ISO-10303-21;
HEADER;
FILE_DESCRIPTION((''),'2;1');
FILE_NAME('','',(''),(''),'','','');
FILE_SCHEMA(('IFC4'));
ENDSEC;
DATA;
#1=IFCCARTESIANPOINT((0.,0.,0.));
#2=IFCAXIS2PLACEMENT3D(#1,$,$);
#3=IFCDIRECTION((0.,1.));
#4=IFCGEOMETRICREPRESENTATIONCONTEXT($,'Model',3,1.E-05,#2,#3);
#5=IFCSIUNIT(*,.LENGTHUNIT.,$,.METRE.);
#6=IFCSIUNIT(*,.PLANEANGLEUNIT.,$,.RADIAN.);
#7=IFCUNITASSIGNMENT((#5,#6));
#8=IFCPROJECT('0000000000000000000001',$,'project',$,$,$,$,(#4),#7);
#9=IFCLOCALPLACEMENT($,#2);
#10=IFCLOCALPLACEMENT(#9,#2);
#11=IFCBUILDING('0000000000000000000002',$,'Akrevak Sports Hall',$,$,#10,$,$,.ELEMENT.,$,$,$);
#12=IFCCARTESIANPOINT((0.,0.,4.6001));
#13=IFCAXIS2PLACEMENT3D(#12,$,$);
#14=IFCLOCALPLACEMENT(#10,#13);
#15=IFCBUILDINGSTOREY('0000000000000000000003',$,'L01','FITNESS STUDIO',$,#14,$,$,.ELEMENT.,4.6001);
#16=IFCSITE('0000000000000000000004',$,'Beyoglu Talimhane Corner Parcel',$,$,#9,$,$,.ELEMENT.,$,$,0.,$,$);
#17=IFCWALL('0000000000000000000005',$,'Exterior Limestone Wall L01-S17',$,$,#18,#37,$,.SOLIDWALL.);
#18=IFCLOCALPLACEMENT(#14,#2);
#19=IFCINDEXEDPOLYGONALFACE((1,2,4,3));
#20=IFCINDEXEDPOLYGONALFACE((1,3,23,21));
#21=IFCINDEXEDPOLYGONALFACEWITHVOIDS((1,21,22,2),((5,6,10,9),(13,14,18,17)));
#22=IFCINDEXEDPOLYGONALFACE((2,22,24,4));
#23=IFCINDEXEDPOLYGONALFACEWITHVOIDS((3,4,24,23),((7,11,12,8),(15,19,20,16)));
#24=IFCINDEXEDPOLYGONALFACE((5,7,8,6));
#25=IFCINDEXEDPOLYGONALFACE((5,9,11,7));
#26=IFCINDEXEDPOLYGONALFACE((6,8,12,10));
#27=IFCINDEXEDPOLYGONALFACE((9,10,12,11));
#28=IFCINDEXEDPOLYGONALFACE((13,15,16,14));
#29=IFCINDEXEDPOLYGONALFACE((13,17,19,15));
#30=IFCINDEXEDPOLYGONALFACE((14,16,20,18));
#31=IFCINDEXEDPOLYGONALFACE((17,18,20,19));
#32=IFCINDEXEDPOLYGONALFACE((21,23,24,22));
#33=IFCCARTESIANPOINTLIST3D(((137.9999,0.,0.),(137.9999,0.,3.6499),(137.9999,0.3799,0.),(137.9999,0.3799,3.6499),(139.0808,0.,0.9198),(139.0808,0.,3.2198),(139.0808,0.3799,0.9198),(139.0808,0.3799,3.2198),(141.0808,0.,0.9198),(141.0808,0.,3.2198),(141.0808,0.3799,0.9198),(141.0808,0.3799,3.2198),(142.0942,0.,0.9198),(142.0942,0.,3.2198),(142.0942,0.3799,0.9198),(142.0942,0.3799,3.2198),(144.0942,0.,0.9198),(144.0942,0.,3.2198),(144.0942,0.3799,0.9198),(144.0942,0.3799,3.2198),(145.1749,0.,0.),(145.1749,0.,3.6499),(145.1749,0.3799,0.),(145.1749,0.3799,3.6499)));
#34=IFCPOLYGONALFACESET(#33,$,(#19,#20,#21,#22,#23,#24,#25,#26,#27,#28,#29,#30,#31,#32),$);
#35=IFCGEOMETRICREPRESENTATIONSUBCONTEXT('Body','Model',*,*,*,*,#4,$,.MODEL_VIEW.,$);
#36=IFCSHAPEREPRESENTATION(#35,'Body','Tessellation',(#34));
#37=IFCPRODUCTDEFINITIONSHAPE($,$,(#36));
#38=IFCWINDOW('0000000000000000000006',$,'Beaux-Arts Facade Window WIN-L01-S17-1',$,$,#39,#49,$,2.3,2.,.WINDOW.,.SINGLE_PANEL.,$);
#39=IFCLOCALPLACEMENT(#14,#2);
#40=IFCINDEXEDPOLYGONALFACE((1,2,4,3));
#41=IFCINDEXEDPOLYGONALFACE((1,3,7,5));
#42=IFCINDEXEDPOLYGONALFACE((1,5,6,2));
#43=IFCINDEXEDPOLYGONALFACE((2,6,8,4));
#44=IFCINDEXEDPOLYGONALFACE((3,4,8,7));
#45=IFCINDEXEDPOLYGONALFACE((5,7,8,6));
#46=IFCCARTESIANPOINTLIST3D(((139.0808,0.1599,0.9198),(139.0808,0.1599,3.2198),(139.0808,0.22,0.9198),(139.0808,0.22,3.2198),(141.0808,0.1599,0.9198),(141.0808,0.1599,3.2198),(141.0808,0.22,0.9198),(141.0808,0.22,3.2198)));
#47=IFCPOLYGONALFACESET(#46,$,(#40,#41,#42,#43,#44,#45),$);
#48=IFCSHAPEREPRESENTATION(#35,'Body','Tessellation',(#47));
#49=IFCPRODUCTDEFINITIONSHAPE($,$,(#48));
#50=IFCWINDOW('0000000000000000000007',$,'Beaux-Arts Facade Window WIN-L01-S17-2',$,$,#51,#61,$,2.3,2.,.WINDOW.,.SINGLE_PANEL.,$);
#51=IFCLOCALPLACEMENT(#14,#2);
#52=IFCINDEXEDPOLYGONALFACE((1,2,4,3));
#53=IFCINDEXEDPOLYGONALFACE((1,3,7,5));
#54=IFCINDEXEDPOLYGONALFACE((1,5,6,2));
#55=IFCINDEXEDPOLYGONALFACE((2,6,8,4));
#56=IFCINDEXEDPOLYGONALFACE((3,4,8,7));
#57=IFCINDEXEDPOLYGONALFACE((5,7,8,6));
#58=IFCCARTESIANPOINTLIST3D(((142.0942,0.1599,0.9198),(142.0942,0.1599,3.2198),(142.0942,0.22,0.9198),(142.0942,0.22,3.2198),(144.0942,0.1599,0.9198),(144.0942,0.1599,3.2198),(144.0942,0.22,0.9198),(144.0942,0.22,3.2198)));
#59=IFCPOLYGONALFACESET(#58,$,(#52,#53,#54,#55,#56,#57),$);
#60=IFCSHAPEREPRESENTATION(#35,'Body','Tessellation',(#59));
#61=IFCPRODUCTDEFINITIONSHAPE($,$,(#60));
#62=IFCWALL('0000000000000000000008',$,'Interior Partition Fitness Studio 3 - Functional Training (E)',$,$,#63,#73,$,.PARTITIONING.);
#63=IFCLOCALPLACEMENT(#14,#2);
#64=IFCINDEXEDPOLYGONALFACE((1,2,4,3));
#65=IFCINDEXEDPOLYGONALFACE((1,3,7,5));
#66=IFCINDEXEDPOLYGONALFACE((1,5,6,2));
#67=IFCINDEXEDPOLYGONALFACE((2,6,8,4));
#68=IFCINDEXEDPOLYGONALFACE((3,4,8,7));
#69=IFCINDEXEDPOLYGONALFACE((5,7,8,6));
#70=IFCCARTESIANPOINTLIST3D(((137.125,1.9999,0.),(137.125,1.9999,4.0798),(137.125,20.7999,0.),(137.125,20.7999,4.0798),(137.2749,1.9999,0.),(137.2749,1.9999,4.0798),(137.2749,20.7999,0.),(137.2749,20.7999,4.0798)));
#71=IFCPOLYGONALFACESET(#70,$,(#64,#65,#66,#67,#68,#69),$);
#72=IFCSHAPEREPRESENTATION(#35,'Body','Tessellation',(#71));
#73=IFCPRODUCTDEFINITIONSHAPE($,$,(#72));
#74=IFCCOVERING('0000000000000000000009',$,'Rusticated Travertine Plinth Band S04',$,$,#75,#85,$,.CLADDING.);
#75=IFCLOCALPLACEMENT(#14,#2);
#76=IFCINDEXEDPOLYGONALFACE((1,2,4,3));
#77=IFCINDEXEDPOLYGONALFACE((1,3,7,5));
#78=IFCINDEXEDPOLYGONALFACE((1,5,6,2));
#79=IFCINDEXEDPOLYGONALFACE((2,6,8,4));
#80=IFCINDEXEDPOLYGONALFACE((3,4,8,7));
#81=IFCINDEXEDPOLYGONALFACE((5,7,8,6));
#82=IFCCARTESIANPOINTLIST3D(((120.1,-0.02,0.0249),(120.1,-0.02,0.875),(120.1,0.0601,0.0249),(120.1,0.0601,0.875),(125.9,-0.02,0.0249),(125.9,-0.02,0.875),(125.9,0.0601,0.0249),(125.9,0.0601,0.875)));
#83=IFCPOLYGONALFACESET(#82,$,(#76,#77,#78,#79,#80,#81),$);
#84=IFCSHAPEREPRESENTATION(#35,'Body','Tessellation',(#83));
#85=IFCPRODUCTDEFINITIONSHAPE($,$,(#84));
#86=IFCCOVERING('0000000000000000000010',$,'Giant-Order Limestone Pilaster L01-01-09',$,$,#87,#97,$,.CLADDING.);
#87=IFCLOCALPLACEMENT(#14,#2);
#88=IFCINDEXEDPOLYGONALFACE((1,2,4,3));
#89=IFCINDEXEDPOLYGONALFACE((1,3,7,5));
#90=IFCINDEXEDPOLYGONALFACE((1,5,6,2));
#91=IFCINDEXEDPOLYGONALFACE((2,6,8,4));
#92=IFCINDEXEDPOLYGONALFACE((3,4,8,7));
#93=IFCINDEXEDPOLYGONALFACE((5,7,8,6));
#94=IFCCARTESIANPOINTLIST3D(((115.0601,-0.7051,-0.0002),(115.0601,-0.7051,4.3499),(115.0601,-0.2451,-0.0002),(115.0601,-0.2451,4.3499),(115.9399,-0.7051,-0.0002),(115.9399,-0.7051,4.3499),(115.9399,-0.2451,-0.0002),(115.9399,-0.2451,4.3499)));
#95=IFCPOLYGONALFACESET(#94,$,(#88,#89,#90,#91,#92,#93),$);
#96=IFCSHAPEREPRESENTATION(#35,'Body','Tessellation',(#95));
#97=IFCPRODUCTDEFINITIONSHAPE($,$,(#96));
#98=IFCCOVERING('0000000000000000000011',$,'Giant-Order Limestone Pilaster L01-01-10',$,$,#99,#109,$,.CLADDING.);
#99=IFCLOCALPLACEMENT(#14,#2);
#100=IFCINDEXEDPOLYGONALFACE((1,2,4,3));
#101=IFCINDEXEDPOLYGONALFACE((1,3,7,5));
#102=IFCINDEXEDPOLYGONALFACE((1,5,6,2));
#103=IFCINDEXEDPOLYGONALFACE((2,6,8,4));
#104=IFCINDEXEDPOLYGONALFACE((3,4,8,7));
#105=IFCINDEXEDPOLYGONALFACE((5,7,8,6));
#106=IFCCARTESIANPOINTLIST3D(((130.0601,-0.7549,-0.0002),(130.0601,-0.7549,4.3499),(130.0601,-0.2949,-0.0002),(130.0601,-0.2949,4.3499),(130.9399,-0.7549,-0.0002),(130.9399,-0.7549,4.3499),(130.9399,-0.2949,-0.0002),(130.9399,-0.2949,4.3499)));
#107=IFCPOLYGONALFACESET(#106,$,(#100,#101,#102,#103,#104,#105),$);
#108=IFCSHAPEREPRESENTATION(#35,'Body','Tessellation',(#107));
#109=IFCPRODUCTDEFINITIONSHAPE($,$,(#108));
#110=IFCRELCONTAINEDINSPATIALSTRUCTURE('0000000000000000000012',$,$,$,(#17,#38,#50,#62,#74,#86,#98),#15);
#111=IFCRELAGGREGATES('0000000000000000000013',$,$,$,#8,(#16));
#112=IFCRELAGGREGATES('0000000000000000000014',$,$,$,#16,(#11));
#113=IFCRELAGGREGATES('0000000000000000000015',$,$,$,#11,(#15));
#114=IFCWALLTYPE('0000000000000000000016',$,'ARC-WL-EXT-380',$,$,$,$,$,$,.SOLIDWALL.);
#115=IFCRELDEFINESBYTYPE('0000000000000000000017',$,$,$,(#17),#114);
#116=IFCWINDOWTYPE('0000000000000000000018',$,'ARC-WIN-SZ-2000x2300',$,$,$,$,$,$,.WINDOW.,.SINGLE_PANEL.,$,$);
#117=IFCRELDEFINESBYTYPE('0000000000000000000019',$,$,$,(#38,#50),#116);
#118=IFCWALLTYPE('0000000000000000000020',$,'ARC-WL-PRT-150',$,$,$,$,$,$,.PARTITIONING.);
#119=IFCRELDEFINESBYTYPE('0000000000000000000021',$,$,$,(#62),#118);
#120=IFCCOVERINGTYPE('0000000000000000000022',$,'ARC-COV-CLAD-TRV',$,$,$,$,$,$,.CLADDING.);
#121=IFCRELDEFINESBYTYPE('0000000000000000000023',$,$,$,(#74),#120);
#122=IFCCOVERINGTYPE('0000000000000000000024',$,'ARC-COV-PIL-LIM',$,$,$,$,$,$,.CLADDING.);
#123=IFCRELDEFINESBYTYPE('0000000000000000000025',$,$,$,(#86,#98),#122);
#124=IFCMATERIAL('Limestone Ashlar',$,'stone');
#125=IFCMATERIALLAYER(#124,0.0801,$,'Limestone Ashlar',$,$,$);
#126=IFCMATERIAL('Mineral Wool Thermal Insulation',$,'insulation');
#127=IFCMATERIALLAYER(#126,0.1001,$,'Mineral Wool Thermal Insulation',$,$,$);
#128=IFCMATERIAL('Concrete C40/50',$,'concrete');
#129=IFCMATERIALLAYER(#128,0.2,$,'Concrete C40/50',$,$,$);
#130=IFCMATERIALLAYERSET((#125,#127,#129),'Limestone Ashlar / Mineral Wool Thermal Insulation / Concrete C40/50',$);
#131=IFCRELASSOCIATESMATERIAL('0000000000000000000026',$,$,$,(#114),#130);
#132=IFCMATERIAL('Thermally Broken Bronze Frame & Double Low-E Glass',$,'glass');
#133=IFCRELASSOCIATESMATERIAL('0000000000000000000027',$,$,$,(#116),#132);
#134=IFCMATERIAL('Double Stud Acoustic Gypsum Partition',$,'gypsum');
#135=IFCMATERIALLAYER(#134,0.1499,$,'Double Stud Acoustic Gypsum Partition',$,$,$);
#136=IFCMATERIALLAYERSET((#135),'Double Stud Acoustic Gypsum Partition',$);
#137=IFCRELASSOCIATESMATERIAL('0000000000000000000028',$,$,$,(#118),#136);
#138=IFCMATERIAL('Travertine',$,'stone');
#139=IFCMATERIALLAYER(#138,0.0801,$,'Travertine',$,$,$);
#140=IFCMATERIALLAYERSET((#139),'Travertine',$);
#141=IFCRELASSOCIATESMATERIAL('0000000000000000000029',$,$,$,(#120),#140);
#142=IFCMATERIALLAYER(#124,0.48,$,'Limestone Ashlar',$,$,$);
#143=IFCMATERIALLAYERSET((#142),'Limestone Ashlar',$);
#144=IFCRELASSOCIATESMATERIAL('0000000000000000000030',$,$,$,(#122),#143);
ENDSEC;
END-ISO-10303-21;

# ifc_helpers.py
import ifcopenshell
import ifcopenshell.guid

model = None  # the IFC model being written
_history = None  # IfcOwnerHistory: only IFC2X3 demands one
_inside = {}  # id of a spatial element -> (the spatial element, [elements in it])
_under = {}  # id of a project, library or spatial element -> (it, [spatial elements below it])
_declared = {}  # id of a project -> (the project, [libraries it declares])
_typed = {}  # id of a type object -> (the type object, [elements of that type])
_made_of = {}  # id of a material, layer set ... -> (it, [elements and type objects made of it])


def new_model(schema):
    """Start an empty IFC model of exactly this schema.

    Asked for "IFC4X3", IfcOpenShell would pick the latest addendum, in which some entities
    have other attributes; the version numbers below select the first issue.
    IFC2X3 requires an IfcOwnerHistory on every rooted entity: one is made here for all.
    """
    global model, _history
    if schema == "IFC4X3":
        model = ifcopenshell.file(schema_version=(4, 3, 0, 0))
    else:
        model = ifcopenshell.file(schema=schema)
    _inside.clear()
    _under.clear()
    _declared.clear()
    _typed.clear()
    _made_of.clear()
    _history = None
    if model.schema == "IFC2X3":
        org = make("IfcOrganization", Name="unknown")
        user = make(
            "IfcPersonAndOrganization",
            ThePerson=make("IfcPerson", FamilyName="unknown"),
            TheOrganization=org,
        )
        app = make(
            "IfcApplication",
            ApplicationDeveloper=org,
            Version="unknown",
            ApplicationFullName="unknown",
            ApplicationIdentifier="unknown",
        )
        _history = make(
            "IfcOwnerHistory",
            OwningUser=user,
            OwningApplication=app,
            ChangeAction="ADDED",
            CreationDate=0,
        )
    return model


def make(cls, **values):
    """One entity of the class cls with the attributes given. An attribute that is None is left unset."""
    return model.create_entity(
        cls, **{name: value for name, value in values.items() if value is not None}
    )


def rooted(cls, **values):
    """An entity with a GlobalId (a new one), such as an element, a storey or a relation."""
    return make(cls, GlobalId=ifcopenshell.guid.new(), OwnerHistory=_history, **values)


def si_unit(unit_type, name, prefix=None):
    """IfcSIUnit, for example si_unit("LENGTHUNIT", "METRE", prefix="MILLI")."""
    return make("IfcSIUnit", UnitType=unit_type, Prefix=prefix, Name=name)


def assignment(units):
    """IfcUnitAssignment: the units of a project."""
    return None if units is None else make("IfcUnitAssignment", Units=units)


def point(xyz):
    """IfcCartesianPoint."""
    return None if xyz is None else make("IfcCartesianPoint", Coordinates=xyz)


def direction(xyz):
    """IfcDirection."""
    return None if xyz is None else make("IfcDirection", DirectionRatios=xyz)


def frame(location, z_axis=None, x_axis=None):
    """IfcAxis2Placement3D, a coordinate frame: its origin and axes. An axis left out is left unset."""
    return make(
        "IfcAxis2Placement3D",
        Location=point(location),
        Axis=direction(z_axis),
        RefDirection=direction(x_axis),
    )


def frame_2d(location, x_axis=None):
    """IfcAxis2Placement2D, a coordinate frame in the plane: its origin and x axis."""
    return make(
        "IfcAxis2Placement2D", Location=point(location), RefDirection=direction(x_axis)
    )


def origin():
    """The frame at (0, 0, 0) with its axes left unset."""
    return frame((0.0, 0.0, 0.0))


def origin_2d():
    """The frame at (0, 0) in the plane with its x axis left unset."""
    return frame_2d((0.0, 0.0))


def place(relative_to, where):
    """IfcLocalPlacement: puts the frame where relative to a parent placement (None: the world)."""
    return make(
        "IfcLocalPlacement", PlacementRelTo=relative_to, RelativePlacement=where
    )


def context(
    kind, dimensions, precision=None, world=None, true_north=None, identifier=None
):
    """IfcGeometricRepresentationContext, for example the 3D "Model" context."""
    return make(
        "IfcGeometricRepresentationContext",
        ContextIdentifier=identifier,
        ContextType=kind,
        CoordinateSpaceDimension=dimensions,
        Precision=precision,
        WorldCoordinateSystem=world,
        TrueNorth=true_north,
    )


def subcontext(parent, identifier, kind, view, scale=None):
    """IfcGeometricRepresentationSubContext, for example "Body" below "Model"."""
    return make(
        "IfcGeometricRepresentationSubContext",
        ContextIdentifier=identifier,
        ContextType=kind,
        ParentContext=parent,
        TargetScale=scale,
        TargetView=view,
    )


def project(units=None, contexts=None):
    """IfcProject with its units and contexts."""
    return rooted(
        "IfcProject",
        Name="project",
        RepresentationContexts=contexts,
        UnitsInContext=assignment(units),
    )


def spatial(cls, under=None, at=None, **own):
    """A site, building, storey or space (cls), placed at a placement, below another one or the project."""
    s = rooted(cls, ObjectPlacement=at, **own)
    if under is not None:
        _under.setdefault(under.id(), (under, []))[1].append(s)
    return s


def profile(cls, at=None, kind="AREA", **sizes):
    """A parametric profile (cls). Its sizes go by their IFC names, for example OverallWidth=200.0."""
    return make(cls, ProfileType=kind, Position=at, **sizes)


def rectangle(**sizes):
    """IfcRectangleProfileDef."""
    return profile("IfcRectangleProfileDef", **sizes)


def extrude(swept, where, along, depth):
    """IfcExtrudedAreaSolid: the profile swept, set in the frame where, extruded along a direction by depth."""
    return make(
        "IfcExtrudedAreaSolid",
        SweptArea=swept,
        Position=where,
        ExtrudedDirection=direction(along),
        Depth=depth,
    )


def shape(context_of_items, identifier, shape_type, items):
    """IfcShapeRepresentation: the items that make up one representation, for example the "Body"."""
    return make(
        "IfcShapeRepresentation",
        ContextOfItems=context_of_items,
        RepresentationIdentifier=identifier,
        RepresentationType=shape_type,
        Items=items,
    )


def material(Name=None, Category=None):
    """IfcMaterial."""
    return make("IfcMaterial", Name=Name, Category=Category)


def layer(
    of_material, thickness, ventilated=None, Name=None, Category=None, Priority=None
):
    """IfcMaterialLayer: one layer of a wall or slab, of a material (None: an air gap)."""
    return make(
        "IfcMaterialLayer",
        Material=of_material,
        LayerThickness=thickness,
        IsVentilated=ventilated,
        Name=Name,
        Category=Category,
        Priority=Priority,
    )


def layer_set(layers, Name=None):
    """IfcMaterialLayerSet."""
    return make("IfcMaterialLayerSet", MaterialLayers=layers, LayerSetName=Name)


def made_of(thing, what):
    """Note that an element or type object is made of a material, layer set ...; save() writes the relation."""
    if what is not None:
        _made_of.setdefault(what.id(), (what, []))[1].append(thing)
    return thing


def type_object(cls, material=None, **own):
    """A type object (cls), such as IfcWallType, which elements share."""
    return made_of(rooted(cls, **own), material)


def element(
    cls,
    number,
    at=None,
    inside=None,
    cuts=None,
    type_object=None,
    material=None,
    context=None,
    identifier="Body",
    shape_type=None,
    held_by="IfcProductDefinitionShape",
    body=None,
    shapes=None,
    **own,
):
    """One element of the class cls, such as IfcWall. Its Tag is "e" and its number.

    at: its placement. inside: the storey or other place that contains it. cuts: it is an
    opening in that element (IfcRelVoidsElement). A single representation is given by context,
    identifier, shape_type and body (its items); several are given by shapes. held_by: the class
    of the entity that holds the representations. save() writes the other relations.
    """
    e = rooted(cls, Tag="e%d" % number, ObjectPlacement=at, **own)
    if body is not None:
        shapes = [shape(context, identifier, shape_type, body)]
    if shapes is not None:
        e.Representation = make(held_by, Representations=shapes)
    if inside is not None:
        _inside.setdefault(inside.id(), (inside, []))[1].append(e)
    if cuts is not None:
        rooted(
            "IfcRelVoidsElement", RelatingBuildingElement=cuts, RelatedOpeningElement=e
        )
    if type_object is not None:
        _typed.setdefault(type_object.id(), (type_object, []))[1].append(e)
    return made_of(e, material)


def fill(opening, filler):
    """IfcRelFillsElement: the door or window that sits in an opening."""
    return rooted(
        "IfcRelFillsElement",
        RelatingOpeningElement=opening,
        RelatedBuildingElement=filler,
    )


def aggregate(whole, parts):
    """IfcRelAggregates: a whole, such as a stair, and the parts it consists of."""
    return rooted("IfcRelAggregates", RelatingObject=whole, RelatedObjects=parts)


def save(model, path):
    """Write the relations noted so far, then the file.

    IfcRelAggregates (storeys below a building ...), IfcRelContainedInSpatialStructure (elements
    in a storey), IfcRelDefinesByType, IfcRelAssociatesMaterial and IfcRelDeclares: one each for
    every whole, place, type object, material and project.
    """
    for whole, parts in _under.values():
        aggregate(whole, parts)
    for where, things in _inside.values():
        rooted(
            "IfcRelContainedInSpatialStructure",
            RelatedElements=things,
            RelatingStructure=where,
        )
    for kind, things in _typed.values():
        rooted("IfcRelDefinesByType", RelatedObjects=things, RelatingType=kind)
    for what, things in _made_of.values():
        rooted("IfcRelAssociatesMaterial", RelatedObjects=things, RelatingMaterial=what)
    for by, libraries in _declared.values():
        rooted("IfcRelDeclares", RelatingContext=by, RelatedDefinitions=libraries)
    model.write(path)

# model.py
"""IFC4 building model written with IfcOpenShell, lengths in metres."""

from ifc_helpers import new_model, si_unit, direction, frame, frame_2d, origin, origin_2d, place, context, subcontext, project, spatial, rectangle, extrude, material, layer, layer_set, type_object, element, fill, save


model = new_model("IFC4")

# Units and contexts
model_context = context("Model", 3, precision=1e-05, world=origin(), true_north=direction((0.0, 1.0)))
body_context = subcontext(model_context, "Body", "Model", "MODEL_VIEW")
ifc_project = project(units=[si_unit("LENGTHUNIT", "METRE"), si_unit("PLANEANGLEUNIT", "RADIAN")], contexts=[model_context])

# Site, building, storey
site_placement = place(None, origin())
site = spatial("IfcSite", under=ifc_project, at=site_placement, Name="Beyoglu Talimhane Corner Parcel", CompositionType="ELEMENT", RefElevation=0.0)
building_placement = place(site_placement, origin())
building = spatial("IfcBuilding", under=site, at=building_placement, Name="Akrevak Sports Hall", CompositionType="ELEMENT")
storey_placement = place(building_placement, frame((0.0, 0.0, 4.6001)))
storey = spatial("IfcBuildingStorey", under=building, at=storey_placement, Name="L01", Description="FITNESS STUDIO", CompositionType="ELEMENT", Elevation=4.6001)

# Shared definitions
ifc_material_1 = material(Name="Concrete C40/50", Category="concrete")

# Wall, openings, windows
ifc_material_2 = material(Name="Limestone Ashlar", Category="stone")
ifc_layer_1 = layer(ifc_material_2, 0.0801, Name="Limestone Ashlar")
ifc_material_3 = material(Name="Mineral Wool Thermal Insulation", Category="insulation")
ifc_layer_2 = layer(ifc_material_3, 0.1001, Name="Mineral Wool Thermal Insulation")
ifc_layer_3 = layer(ifc_material_1, 0.2, Name="Concrete C40/50")
ifc_layer_set_1 = layer_set([ifc_layer_1, ifc_layer_2, ifc_layer_3], Name="Limestone Ashlar / Mineral Wool Thermal Insulation / Concrete C40/50")
wall_type_1 = type_object("IfcWallType", Name="ARC-WL-EXT-380", PredefinedType="SOLIDWALL", material=ifc_layer_set_1)
ifc_material_4 = material(Name="Thermally Broken Bronze Frame & Double Low-E Glass", Category="glass")
window_type_1 = type_object("IfcWindowType", Name="ARC-WIN-SZ-2000x2300", PartitioningType="SINGLE_PANEL", PredefinedType="WINDOW", material=ifc_material_4)
wall_1_placement = place(storey_placement, frame((138.0, 0.1899, 0.0), z_axis=(0.0, 0.0, 1.0), x_axis=(1.0, 0.0, 0.0)))
wall_1 = element("IfcWall", 1, at=wall_1_placement, inside=storey, type_object=wall_type_1, Name="Exterior Limestone Wall L01-S17", PredefinedType="SOLIDWALL", context=body_context, shape_type="SweptSolid", body=[
    extrude(rectangle(XDim=7.175, YDim=0.3799, at=frame_2d((3.5874, 0.0))), origin(), (0.0, 0.0, 1.0), 3.6499),
])
opening_1_placement = place(wall_1_placement, frame((1.0808, 0.0, 0.9199)))
opening_1 = element("IfcOpeningElement", 2, at=opening_1_placement, cuts=wall_1, PredefinedType="OPENING", context=body_context, shape_type="SweptSolid", body=[
    extrude(rectangle(XDim=2.0, YDim=2.3, at=frame_2d((1.0, 1.1499))), frame((0.0, 0.2019, 0.0), z_axis=(0.0, -1.0, 0.0), x_axis=(1.0, 0.0, 0.0)), (0.0, 0.0, 1.0), 0.4038),
])
opening_2_placement = place(wall_1_placement, frame((4.0942, 0.0, 0.9199)))
opening_2 = element("IfcOpeningElement", 3, at=opening_2_placement, cuts=wall_1, PredefinedType="OPENING", context=body_context, shape_type="SweptSolid", body=[
    extrude(rectangle(XDim=2.0, YDim=2.3, at=frame_2d((1.0, 1.1499))), frame((0.0, 0.2019, 0.0), z_axis=(0.0, -1.0, 0.0), x_axis=(1.0, 0.0, 0.0)), (0.0, 0.0, 1.0), 0.4038),
])
window_1_placement = place(opening_1_placement, origin())
window_1 = element("IfcWindow", 4, at=window_1_placement, inside=storey, type_object=window_type_1, Name="Beaux-Arts Facade Window WIN-L01-S17-1", OverallHeight=2.3, OverallWidth=2.0, PartitioningType="SINGLE_PANEL", PredefinedType="WINDOW", context=body_context, shape_type="SweptSolid", body=[
    extrude(rectangle(XDim=2.0, YDim=2.3, at=frame_2d((1.0, 1.1499))), frame((0.0, 0.03, 0.0), z_axis=(0.0, -1.0, 0.0), x_axis=(1.0, 0.0, 0.0)), (0.0, 0.0, 1.0), 0.0601),
])
fill(opening_1, window_1)
window_2_placement = place(opening_2_placement, origin())
window_2 = element("IfcWindow", 5, at=window_2_placement, inside=storey, type_object=window_type_1, Name="Beaux-Arts Facade Window WIN-L01-S17-2", OverallHeight=2.3, OverallWidth=2.0, PartitioningType="SINGLE_PANEL", PredefinedType="WINDOW", context=body_context, shape_type="SweptSolid", body=[
    extrude(rectangle(XDim=2.0, YDim=2.3, at=frame_2d((1.0, 1.1499))), frame((0.0, 0.03, 0.0), z_axis=(0.0, -1.0, 0.0), x_axis=(1.0, 0.0, 0.0)), (0.0, 0.0, 1.0), 0.0601),
])
fill(opening_2, window_2)

# Wall
ifc_material_5 = material(Name="Double Stud Acoustic Gypsum Partition", Category="gypsum")
ifc_layer_4 = layer(ifc_material_5, 0.1499, Name="Double Stud Acoustic Gypsum Partition")
ifc_layer_set_2 = layer_set([ifc_layer_4], Name="Double Stud Acoustic Gypsum Partition")
wall_type_2 = type_object("IfcWallType", Name="ARC-WL-PRT-150", PredefinedType="PARTITIONING", material=ifc_layer_set_2)
wall_2_placement = place(storey_placement, frame((137.2, 2.0, 0.0), z_axis=(0.0, 0.0, 1.0), x_axis=(0.0, 1.0, 0.0)))
element("IfcWall", 6, at=wall_2_placement, inside=storey, type_object=wall_type_2, Name="Interior Partition Fitness Studio 3 - Functional Training (E)", PredefinedType="PARTITIONING", context=body_context, shape_type="SweptSolid", body=[
    extrude(rectangle(XDim=18.8, YDim=0.1499, at=frame_2d((9.3999, 0.0))), origin(), (0.0, 0.0, 1.0), 4.0798),
])

# Coverings
ifc_material_6 = material(Name="Travertine", Category="stone")
ifc_layer_5 = layer(ifc_material_6, 0.0801, Name="Travertine")
ifc_layer_set_3 = layer_set([ifc_layer_5], Name="Travertine")
covering_type_1 = type_object("IfcCoveringType", Name="ARC-COV-CLAD-TRV", PredefinedType="CLADDING", material=ifc_layer_set_3)
covering_placement = place(storey_placement, frame((123.0, 0.02, 0.0249), z_axis=(0.0, 0.0, 1.0), x_axis=(1.0, 0.0, 0.0)))
element("IfcCovering", 7, at=covering_placement, inside=storey, type_object=covering_type_1, Name="Rusticated Travertine Plinth Band S04", PredefinedType="CLADDING", context=body_context, shape_type="SweptSolid", body=[
    extrude(rectangle(XDim=5.8, YDim=0.0801, at=origin_2d()), origin(), (0.0, 0.0, 1.0), 0.8501),
])
ifc_layer_6 = layer(ifc_material_2, 0.48, Name="Limestone Ashlar")
ifc_layer_set_4 = layer_set([ifc_layer_6], Name="Limestone Ashlar")
covering_type_2 = type_object("IfcCoveringType", Name="ARC-COV-PIL-LIM", PredefinedType="CLADDING", material=ifc_layer_set_4)
for number, where, z_axis, x_axis, name in (
    (8, (115.5, -0.4751, -0.0002), (0.0, 0.0, 1.0), (1.0, 0.0, 0.0), "Giant-Order Limestone Pilaster L01-01-09"),
    (9, (130.5, -0.5249, -0.0002), (0.0, 0.0, 1.0), (1.0, 0.0, 0.0), "Giant-Order Limestone Pilaster L01-01-10"),
):
    element("IfcCovering", number, at=place(storey_placement, frame(where, z_axis=z_axis, x_axis=x_axis)), inside=storey, type_object=covering_type_2, Name=name, PredefinedType="CLADDING", context=body_context, shape_type="SweptSolid", body=[
        extrude(rectangle(XDim=0.8799, YDim=0.46, at=origin_2d()), origin(), (0.0, 0.0, 1.0), 4.3501),
    ])

save(model, "model.ifc")
